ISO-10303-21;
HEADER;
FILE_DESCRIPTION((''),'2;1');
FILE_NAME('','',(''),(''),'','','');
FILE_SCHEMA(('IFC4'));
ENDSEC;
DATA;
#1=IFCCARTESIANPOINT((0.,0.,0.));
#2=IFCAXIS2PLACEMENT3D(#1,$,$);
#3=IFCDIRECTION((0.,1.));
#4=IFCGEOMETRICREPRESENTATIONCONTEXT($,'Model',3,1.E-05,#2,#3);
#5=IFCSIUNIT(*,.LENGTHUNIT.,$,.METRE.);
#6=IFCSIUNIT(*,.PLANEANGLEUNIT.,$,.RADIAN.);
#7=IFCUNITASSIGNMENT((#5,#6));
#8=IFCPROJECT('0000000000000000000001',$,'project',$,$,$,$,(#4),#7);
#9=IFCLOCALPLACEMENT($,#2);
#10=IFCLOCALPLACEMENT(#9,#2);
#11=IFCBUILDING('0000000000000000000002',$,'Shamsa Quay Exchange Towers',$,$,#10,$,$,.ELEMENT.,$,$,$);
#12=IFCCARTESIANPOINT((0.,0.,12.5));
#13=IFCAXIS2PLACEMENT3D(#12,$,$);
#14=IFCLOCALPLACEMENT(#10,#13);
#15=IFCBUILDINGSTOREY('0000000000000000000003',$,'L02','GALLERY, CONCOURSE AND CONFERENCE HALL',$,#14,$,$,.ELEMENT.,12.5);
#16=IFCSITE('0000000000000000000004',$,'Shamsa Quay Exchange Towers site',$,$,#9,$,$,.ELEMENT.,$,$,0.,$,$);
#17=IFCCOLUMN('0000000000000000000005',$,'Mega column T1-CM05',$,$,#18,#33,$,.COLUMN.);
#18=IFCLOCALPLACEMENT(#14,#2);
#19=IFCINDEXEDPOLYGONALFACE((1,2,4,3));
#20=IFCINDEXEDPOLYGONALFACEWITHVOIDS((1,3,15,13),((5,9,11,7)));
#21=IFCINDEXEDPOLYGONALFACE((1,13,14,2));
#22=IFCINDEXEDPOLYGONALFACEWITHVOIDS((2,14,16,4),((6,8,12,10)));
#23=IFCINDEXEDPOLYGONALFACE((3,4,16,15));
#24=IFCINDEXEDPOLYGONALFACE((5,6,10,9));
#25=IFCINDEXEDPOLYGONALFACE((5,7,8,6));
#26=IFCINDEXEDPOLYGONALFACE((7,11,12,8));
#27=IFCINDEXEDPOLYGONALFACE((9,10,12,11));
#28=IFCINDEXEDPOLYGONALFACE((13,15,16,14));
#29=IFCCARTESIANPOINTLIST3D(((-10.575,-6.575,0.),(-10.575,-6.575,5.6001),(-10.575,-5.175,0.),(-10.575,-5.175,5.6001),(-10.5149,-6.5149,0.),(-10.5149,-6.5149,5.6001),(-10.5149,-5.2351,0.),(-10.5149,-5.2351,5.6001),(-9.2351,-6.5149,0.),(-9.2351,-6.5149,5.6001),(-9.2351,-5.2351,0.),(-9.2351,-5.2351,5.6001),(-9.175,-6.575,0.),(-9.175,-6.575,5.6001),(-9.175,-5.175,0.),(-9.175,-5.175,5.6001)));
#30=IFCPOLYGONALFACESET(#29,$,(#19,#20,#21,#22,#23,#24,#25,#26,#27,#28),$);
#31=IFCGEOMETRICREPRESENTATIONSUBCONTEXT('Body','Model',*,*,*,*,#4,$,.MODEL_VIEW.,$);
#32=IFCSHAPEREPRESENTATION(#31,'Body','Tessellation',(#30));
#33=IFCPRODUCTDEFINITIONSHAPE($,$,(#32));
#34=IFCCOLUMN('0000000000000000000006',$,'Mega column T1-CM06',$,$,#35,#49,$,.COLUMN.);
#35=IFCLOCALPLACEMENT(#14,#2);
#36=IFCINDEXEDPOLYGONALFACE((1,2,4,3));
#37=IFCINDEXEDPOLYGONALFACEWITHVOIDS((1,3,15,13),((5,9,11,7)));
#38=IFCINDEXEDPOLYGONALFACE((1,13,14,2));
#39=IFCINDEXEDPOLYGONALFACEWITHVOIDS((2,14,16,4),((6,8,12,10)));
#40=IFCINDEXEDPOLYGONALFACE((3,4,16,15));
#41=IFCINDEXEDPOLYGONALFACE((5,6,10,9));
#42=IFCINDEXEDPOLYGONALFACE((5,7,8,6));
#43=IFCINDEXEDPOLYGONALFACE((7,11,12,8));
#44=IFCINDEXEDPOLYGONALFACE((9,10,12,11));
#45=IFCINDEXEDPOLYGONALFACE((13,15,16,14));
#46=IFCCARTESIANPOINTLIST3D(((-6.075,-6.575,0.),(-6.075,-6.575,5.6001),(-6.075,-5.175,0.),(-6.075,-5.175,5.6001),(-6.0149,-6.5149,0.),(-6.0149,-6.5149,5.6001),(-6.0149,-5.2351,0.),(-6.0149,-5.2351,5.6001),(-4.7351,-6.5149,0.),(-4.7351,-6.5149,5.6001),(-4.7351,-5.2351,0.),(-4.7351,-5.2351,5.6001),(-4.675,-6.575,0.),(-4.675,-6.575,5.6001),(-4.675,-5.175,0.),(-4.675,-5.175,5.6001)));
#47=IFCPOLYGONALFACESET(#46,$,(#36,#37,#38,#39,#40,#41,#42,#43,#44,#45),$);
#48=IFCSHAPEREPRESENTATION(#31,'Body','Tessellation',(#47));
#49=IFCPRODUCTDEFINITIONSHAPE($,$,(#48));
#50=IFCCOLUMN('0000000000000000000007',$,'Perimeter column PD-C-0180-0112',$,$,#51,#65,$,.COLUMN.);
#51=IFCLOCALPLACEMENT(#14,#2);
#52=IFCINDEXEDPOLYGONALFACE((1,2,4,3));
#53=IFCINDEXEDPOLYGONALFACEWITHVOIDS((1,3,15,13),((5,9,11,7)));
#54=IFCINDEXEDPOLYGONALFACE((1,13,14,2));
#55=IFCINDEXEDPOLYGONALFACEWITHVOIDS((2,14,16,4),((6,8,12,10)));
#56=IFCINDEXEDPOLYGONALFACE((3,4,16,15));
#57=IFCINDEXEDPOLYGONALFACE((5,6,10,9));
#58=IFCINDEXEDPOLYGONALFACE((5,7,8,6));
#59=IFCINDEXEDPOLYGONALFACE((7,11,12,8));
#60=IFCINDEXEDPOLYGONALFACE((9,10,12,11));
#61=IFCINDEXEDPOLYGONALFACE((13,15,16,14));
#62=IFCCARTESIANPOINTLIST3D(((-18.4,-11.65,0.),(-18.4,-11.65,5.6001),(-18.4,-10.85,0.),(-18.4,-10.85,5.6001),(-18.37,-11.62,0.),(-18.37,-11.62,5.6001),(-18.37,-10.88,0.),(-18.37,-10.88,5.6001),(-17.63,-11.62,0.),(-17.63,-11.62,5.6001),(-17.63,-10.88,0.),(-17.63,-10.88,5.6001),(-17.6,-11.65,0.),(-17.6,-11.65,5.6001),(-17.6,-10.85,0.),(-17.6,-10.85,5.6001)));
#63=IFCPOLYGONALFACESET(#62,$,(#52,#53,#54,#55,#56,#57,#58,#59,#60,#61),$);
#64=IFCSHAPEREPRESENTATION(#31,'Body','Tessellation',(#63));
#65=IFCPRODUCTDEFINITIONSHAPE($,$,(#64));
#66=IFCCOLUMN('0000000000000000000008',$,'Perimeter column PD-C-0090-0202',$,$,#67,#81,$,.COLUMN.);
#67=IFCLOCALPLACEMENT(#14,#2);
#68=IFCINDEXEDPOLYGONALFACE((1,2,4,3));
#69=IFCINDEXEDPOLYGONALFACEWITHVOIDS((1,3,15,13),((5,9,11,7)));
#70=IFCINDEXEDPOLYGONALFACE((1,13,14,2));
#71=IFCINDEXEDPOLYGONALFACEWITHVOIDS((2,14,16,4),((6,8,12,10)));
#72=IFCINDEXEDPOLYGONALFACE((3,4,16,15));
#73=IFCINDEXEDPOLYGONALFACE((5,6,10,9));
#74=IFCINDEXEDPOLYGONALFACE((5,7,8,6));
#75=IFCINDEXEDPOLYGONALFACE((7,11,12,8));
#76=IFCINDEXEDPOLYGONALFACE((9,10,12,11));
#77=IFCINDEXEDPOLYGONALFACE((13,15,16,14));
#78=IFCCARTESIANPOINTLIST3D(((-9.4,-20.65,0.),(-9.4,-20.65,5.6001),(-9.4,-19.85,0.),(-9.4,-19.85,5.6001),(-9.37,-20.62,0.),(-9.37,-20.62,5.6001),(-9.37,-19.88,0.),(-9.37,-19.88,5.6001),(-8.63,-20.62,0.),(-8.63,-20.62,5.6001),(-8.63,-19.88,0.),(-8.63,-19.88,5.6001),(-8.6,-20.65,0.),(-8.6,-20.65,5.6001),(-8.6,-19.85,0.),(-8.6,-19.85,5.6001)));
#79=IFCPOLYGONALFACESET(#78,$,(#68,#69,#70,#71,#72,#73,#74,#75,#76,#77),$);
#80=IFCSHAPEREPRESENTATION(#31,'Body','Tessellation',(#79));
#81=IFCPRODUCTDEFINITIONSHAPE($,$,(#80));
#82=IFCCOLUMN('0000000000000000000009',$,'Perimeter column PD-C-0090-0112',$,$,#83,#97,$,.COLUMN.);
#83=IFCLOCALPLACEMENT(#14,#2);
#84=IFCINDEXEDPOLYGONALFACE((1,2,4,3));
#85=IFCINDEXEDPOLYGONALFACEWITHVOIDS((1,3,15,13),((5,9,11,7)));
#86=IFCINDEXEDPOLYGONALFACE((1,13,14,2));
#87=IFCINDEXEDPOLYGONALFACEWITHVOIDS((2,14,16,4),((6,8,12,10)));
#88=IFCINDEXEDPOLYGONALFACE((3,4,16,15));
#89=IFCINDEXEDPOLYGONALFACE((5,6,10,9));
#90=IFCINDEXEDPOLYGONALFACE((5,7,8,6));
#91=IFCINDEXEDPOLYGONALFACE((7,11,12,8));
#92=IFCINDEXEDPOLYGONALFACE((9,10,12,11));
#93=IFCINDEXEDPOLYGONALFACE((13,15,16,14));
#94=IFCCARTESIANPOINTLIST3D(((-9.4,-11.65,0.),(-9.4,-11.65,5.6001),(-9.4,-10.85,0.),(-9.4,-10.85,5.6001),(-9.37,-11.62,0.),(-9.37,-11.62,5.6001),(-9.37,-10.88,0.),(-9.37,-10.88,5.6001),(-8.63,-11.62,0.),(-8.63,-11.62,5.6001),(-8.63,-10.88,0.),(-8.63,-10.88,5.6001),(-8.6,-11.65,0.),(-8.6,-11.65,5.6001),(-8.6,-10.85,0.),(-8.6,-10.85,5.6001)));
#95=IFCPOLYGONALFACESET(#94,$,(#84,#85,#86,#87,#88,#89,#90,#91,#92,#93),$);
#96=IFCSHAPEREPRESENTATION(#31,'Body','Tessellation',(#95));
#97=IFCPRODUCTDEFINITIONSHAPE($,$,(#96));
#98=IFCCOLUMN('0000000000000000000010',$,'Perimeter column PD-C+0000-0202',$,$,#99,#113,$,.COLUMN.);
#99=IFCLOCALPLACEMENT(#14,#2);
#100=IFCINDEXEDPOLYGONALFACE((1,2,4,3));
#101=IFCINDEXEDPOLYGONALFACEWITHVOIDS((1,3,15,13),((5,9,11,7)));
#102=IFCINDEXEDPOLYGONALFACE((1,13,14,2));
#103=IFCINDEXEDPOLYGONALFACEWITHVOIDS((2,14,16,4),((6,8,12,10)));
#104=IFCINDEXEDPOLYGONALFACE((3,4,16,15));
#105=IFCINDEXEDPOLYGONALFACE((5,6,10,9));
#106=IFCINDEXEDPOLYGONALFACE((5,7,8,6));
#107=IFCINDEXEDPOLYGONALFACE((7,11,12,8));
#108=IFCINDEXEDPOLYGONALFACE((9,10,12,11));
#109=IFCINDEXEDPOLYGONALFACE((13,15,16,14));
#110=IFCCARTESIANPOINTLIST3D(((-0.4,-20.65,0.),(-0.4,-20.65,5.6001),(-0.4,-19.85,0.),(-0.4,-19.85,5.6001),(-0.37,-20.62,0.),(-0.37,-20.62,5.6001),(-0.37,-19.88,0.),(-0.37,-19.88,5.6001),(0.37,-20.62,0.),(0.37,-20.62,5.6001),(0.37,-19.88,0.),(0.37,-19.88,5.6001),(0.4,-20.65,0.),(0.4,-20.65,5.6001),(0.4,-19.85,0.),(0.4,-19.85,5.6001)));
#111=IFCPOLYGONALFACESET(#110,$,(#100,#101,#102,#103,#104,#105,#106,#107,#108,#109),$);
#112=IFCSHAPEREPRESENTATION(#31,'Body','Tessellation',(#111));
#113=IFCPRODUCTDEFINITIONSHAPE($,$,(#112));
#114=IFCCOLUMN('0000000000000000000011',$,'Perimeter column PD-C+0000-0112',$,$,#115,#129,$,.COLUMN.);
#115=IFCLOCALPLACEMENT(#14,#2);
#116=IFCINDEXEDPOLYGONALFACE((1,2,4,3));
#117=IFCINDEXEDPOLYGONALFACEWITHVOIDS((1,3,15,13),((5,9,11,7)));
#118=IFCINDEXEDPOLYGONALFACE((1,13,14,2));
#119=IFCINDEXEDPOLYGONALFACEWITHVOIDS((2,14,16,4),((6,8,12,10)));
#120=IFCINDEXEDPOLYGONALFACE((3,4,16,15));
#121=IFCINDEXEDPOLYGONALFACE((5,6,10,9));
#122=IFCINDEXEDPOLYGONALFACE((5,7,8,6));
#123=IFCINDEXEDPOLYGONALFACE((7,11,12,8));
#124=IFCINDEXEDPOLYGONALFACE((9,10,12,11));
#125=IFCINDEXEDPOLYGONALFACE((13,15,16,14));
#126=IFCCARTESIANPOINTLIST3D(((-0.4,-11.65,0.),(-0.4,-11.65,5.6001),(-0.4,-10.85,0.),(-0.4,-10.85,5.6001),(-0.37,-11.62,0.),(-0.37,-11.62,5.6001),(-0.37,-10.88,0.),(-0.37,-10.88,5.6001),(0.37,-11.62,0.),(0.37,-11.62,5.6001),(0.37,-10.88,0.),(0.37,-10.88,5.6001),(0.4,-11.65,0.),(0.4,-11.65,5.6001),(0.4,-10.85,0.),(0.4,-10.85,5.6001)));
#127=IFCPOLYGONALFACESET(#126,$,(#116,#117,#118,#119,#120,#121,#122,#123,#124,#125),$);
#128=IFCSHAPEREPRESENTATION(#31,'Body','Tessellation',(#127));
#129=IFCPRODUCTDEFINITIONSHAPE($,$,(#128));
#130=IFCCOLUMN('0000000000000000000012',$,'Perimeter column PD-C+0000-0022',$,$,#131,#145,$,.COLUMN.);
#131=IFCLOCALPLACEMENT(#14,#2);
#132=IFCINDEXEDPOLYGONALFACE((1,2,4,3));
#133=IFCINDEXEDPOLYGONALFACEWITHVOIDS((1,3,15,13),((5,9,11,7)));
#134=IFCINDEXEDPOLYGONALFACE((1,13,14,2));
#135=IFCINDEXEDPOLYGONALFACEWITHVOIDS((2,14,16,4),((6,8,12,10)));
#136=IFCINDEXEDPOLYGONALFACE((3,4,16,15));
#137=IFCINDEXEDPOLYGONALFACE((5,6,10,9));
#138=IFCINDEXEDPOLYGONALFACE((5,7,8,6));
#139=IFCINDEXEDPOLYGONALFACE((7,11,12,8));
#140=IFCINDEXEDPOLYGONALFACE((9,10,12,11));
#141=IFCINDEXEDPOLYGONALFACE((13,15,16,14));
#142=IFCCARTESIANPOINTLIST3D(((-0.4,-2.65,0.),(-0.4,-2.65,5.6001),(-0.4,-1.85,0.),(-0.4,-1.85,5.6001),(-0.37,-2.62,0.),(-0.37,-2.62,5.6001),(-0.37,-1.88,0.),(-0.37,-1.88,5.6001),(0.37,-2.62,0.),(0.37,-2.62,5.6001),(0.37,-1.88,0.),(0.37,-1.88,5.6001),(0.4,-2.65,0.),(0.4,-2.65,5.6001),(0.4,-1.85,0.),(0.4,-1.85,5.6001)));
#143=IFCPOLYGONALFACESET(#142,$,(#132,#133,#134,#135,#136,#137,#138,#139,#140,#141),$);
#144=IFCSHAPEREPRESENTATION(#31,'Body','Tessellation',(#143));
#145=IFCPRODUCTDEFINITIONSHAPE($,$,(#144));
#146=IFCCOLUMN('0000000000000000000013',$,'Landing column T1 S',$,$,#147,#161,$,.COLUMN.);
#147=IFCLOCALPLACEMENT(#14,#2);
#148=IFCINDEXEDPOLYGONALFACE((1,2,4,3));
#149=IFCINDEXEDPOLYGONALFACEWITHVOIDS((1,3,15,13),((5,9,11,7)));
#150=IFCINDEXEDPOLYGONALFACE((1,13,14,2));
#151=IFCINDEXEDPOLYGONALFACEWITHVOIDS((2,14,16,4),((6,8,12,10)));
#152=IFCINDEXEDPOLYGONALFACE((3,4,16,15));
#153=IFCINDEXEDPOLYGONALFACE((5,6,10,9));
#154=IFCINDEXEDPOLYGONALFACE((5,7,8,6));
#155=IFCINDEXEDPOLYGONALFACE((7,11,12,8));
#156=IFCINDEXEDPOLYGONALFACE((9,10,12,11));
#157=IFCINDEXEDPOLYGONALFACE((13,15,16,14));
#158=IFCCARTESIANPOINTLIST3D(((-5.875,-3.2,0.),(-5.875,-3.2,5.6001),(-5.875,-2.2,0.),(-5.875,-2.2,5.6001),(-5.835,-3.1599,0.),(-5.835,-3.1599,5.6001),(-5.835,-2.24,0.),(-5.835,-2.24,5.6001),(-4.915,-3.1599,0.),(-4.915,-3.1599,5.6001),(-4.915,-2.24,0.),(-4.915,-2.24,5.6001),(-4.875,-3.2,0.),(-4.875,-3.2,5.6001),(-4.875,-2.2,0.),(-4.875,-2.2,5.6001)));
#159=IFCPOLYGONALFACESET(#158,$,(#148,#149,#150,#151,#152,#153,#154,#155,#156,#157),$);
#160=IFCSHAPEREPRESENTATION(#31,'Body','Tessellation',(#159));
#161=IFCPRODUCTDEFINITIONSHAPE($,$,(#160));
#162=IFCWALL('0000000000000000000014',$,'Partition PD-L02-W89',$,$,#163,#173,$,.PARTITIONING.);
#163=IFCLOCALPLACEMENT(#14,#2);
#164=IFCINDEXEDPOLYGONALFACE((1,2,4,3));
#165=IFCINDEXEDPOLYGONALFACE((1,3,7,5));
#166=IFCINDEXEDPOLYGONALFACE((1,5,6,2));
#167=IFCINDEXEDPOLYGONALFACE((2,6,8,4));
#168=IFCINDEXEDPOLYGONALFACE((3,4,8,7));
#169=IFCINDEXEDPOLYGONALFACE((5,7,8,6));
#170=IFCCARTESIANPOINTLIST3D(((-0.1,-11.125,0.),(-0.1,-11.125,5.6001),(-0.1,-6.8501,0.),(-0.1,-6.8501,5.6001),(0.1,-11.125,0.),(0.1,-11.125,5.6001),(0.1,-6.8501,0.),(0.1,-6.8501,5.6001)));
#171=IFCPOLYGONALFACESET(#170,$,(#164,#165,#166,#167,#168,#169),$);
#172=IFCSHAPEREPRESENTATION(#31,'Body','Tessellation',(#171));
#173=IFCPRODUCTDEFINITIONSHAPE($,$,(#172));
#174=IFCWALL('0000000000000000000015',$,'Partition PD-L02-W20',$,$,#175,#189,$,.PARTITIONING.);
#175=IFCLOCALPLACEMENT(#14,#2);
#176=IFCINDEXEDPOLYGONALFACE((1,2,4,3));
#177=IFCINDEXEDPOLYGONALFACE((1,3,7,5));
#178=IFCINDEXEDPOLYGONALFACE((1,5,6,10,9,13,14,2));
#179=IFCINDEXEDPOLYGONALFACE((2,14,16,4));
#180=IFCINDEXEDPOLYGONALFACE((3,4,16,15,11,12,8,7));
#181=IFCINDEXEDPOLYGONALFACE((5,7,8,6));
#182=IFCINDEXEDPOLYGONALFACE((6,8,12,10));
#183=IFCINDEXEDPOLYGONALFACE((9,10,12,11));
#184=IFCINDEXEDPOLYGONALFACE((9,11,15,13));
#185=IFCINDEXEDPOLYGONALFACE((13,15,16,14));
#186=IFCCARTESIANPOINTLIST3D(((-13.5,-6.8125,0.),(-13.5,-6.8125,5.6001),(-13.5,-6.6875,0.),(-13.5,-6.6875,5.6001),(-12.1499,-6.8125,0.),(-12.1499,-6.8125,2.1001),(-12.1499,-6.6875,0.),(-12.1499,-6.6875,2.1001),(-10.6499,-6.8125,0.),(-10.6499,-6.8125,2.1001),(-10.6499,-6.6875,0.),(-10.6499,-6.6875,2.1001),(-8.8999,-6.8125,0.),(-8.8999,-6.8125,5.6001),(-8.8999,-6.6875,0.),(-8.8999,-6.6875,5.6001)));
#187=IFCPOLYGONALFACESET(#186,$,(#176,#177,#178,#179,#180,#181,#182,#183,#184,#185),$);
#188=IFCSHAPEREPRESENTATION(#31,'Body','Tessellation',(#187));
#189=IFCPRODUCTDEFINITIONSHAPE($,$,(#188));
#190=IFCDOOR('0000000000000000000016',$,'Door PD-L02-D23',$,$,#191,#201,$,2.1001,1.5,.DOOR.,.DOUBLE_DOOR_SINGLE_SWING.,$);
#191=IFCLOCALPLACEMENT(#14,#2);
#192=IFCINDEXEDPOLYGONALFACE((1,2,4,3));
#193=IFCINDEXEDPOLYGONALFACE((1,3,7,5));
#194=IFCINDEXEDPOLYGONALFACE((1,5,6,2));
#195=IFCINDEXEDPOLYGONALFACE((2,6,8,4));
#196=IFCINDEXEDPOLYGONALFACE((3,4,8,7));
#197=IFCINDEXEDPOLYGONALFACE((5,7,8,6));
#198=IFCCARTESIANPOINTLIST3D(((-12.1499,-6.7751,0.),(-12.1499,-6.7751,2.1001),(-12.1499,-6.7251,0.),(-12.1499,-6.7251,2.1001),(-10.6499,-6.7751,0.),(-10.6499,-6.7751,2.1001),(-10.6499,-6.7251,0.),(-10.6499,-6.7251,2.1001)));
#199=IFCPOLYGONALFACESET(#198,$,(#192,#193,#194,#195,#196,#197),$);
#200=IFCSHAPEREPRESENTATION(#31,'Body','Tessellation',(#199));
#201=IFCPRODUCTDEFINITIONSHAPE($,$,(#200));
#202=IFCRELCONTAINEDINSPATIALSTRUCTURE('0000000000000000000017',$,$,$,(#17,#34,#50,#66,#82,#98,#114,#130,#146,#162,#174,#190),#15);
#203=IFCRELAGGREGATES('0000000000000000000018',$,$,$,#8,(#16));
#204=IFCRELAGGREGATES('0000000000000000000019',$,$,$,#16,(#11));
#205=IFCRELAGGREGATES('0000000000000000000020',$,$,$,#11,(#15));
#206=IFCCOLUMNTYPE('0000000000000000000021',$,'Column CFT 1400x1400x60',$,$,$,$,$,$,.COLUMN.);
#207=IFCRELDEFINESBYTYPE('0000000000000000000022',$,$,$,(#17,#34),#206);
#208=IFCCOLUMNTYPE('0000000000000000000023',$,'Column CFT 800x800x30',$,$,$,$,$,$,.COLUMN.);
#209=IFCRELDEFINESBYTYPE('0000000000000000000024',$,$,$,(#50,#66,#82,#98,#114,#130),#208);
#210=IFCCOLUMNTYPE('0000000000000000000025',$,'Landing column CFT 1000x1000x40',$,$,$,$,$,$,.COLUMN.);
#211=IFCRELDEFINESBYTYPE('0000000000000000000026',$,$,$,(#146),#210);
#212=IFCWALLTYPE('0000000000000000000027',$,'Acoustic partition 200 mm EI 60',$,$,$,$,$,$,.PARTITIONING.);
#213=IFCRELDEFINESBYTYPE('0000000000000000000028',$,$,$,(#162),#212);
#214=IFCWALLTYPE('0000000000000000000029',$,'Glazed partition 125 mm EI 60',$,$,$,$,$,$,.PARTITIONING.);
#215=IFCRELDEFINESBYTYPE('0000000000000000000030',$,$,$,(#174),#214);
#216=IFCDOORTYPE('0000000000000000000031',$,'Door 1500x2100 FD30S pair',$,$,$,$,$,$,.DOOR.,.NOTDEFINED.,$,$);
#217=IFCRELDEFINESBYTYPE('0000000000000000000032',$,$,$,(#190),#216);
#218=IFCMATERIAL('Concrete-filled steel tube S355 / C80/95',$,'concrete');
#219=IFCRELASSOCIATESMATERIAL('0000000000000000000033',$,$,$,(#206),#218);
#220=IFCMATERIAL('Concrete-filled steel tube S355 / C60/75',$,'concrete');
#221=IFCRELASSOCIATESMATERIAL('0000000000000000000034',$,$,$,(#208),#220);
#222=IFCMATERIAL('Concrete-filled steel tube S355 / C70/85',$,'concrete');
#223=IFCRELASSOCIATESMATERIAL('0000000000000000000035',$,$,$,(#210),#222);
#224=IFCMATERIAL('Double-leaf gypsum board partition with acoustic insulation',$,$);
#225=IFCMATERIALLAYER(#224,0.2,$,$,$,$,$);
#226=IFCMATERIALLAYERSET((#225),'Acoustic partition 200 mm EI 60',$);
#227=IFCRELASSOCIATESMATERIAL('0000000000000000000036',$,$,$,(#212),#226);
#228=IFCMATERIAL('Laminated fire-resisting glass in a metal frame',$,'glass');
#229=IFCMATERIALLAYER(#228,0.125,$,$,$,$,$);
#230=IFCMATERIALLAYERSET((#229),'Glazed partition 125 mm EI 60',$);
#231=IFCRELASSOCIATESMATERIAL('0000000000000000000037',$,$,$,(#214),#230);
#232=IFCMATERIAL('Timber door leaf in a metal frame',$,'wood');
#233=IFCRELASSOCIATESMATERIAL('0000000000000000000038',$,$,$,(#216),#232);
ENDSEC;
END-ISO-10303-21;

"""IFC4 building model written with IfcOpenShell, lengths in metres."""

from ifc_helpers import new_model, si_unit, direction, frame, frame_2d, origin, origin_2d, place, context, subcontext, project, spatial, rectangle, hollow_rectangle, extrude, material, layer, layer_set, material_profile, profile_set, type_object, element, fill, save


model = new_model("IFC4")

# Units and contexts
model_context = context("Model", 3, precision=1e-05, world=origin(), true_north=direction((0.0, 1.0)))
body_context = subcontext(model_context, "Body", "Model", "MODEL_VIEW")
ifc_project = project(units=[si_unit("LENGTHUNIT", "METRE"), si_unit("PLANEANGLEUNIT", "RADIAN")], contexts=[model_context])

# Site, building, storey
site_placement = place(None, origin())
site = spatial("IfcSite", under=ifc_project, at=site_placement, Name="Shamsa Quay Exchange Towers site", CompositionType="ELEMENT", RefElevation=0.0)
building_placement = place(site_placement, origin())
building = spatial("IfcBuilding", under=site, at=building_placement, Name="Shamsa Quay Exchange Towers", CompositionType="ELEMENT")
storey_placement = place(building_placement, frame((0.0, 0.0, 12.5)))
storey = spatial("IfcBuildingStorey", under=building, at=storey_placement, Name="L02", Description="GALLERY, CONCOURSE AND CONFERENCE HALL", CompositionType="ELEMENT", Elevation=12.5)

# Columns
ifc_material_1 = material(Name="Concrete-filled steel tube S355 / C80/95", Category="concrete")
ifc_material_profile_1 = material_profile(ifc_material_1, hollow_rectangle(XDim=1.3999, YDim=1.3999, WallThickness=0.0601, at=origin_2d()), Name="CFT 1400x1400x60")
ifc_profile_set_1 = profile_set([ifc_material_profile_1], Name="Concrete-filled steel tube S355 / C80/95")
column_type_1 = type_object("IfcColumnType", Name="Column CFT 1400x1400x60", PredefinedType="COLUMN", material=ifc_profile_set_1)
for number, where, name in (
    (1, (-9.875, -5.875, 0.0), "Mega column T1-CM05"),
    (2, (-5.375, -5.875, 0.0), "Mega column T1-CM06"),
):
    element("IfcColumn", number, at=place(storey_placement, frame(where)), inside=storey, type_object=column_type_1, Name=name, PredefinedType="COLUMN", context=body_context, shape_type="SweptSolid", body=[
        extrude(hollow_rectangle(XDim=1.3999, YDim=1.3999, WallThickness=0.0601, at=origin_2d()), origin(), (0.0, 0.0, 1.0), 5.6001),
    ])
ifc_material_2 = material(Name="Concrete-filled steel tube S355 / C60/75", Category="concrete")
ifc_material_profile_2 = material_profile(ifc_material_2, hollow_rectangle(XDim=0.8, YDim=0.8, WallThickness=0.03, at=origin_2d()), Name="CFT 800x800x30")
ifc_profile_set_2 = profile_set([ifc_material_profile_2], Name="Concrete-filled steel tube S355 / C60/75")
column_type_2 = type_object("IfcColumnType", Name="Column CFT 800x800x30", PredefinedType="COLUMN", material=ifc_profile_set_2)
for number, where, name in (
    (3, (-18.0, -11.25, 0.0), "Perimeter column PD-C-0180-0112"),
    (4, (-9.0, -20.25, 0.0), "Perimeter column PD-C-0090-0202"),
    (5, (-9.0, -11.25, 0.0), "Perimeter column PD-C-0090-0112"),
    (6, (0.0, -20.25, 0.0), "Perimeter column PD-C+0000-0202"),
    (7, (0.0, -11.25, 0.0), "Perimeter column PD-C+0000-0112"),
    (8, (0.0, -2.25, 0.0), "Perimeter column PD-C+0000-0022"),
):
    element("IfcColumn", number, at=place(storey_placement, frame(where)), inside=storey, type_object=column_type_2, Name=name, PredefinedType="COLUMN", context=body_context, shape_type="SweptSolid", body=[
        extrude(hollow_rectangle(XDim=0.8, YDim=0.8, WallThickness=0.03, at=origin_2d()), origin(), (0.0, 0.0, 1.0), 5.6001),
    ])
ifc_material_3 = material(Name="Concrete-filled steel tube S355 / C70/85", Category="concrete")
ifc_material_profile_3 = material_profile(ifc_material_3, hollow_rectangle(XDim=1.0, YDim=1.0, WallThickness=0.04, at=origin_2d()), Name="CFT 1000x1000x40")
ifc_profile_set_3 = profile_set([ifc_material_profile_3], Name="Concrete-filled steel tube S355 / C70/85")
column_type_3 = type_object("IfcColumnType", Name="Landing column CFT 1000x1000x40", PredefinedType="COLUMN", material=ifc_profile_set_3)
column_placement = place(storey_placement, frame((-5.375, -2.7, 0.0)))
element("IfcColumn", 9, at=column_placement, inside=storey, type_object=column_type_3, Name="Landing column T1 S", PredefinedType="COLUMN", context=body_context, shape_type="SweptSolid", body=[
    extrude(hollow_rectangle(XDim=1.0, YDim=1.0, WallThickness=0.04, at=origin_2d()), origin(), (0.0, 0.0, 1.0), 5.6001),
])

# Wall
ifc_material_4 = material(Name="Double-leaf gypsum board partition with acoustic insulation")
ifc_layer_1 = layer(ifc_material_4, 0.2)
ifc_layer_set_1 = layer_set([ifc_layer_1], Name="Acoustic partition 200 mm EI 60")
wall_type_1 = type_object("IfcWallType", Name="Acoustic partition 200 mm EI 60", PredefinedType="PARTITIONING", material=ifc_layer_set_1)
wall_1_placement = place(storey_placement, frame((0.0, -11.125, 0.0), z_axis=(0.0, 0.0, 1.0), x_axis=(0.0, 1.0, 0.0)))
element("IfcWall", 10, at=wall_1_placement, inside=storey, type_object=wall_type_1, Name="Partition PD-L02-W89", PredefinedType="PARTITIONING", context=body_context, shape_type="SweptSolid", body=[
    extrude(rectangle(XDim=4.2749, YDim=0.2, at=frame_2d((2.1375, 0.0))), origin(), (0.0, 0.0, 1.0), 5.6001),
])

# Wall, opening, door
ifc_material_5 = material(Name="Laminated fire-resisting glass in a metal frame", Category="glass")
ifc_layer_2 = layer(ifc_material_5, 0.125)
ifc_layer_set_2 = layer_set([ifc_layer_2], Name="Glazed partition 125 mm EI 60")
wall_type_2 = type_object("IfcWallType", Name="Glazed partition 125 mm EI 60", PredefinedType="PARTITIONING", material=ifc_layer_set_2)
wall_2_placement = place(storey_placement, frame((-13.5, -6.75, 0.0)))
wall_2 = element("IfcWall", 11, at=wall_2_placement, inside=storey, type_object=wall_type_2, Name="Partition PD-L02-W20", PredefinedType="PARTITIONING", context=body_context, shape_type="SweptSolid", body=[
    extrude(rectangle(XDim=4.6001, YDim=0.125, at=frame_2d((2.3, 0.0))), origin(), (0.0, 0.0, 1.0), 5.6001),
])
opening_1_placement = place(wall_2_placement, frame((1.3501, 0.0, 0.0)))
opening_1 = element("IfcOpeningElement", 12, at=opening_1_placement, cuts=wall_2, PredefinedType="OPENING", context=body_context, shape_type="SweptSolid", body=[
    extrude(rectangle(XDim=1.5, YDim=2.1001, at=frame_2d((0.75, 1.05))), frame((0.0, 0.0725, 0.0), z_axis=(0.0, -1.0, 0.0), x_axis=(1.0, 0.0, 0.0)), (0.0, 0.0, 1.0), 0.145),
])
ifc_material_6 = material(Name="Timber door leaf in a metal frame", Category="wood")
door_type_1 = type_object("IfcDoorType", Name="Door 1500x2100 FD30S pair", OperationType="NOTDEFINED", PredefinedType="DOOR", material=ifc_material_6)
door_1_placement = place(opening_1_placement, origin())
door_1 = element("IfcDoor", 13, at=door_1_placement, inside=storey, type_object=door_type_1, Name="Door PD-L02-D23", OperationType="DOUBLE_DOOR_SINGLE_SWING", OverallHeight=2.1001, OverallWidth=1.5, PredefinedType="DOOR", context=body_context, shape_type="SweptSolid", body=[
    extrude(rectangle(XDim=1.5, YDim=2.1001, at=frame_2d((0.75, 1.05))), frame((0.0, 0.0249, 0.0), z_axis=(0.0, -1.0, 0.0), x_axis=(1.0, 0.0, 0.0)), (0.0, 0.0, 1.0), 0.05),
])
fill(opening_1, door_1)

save(model, "model.ifc")
